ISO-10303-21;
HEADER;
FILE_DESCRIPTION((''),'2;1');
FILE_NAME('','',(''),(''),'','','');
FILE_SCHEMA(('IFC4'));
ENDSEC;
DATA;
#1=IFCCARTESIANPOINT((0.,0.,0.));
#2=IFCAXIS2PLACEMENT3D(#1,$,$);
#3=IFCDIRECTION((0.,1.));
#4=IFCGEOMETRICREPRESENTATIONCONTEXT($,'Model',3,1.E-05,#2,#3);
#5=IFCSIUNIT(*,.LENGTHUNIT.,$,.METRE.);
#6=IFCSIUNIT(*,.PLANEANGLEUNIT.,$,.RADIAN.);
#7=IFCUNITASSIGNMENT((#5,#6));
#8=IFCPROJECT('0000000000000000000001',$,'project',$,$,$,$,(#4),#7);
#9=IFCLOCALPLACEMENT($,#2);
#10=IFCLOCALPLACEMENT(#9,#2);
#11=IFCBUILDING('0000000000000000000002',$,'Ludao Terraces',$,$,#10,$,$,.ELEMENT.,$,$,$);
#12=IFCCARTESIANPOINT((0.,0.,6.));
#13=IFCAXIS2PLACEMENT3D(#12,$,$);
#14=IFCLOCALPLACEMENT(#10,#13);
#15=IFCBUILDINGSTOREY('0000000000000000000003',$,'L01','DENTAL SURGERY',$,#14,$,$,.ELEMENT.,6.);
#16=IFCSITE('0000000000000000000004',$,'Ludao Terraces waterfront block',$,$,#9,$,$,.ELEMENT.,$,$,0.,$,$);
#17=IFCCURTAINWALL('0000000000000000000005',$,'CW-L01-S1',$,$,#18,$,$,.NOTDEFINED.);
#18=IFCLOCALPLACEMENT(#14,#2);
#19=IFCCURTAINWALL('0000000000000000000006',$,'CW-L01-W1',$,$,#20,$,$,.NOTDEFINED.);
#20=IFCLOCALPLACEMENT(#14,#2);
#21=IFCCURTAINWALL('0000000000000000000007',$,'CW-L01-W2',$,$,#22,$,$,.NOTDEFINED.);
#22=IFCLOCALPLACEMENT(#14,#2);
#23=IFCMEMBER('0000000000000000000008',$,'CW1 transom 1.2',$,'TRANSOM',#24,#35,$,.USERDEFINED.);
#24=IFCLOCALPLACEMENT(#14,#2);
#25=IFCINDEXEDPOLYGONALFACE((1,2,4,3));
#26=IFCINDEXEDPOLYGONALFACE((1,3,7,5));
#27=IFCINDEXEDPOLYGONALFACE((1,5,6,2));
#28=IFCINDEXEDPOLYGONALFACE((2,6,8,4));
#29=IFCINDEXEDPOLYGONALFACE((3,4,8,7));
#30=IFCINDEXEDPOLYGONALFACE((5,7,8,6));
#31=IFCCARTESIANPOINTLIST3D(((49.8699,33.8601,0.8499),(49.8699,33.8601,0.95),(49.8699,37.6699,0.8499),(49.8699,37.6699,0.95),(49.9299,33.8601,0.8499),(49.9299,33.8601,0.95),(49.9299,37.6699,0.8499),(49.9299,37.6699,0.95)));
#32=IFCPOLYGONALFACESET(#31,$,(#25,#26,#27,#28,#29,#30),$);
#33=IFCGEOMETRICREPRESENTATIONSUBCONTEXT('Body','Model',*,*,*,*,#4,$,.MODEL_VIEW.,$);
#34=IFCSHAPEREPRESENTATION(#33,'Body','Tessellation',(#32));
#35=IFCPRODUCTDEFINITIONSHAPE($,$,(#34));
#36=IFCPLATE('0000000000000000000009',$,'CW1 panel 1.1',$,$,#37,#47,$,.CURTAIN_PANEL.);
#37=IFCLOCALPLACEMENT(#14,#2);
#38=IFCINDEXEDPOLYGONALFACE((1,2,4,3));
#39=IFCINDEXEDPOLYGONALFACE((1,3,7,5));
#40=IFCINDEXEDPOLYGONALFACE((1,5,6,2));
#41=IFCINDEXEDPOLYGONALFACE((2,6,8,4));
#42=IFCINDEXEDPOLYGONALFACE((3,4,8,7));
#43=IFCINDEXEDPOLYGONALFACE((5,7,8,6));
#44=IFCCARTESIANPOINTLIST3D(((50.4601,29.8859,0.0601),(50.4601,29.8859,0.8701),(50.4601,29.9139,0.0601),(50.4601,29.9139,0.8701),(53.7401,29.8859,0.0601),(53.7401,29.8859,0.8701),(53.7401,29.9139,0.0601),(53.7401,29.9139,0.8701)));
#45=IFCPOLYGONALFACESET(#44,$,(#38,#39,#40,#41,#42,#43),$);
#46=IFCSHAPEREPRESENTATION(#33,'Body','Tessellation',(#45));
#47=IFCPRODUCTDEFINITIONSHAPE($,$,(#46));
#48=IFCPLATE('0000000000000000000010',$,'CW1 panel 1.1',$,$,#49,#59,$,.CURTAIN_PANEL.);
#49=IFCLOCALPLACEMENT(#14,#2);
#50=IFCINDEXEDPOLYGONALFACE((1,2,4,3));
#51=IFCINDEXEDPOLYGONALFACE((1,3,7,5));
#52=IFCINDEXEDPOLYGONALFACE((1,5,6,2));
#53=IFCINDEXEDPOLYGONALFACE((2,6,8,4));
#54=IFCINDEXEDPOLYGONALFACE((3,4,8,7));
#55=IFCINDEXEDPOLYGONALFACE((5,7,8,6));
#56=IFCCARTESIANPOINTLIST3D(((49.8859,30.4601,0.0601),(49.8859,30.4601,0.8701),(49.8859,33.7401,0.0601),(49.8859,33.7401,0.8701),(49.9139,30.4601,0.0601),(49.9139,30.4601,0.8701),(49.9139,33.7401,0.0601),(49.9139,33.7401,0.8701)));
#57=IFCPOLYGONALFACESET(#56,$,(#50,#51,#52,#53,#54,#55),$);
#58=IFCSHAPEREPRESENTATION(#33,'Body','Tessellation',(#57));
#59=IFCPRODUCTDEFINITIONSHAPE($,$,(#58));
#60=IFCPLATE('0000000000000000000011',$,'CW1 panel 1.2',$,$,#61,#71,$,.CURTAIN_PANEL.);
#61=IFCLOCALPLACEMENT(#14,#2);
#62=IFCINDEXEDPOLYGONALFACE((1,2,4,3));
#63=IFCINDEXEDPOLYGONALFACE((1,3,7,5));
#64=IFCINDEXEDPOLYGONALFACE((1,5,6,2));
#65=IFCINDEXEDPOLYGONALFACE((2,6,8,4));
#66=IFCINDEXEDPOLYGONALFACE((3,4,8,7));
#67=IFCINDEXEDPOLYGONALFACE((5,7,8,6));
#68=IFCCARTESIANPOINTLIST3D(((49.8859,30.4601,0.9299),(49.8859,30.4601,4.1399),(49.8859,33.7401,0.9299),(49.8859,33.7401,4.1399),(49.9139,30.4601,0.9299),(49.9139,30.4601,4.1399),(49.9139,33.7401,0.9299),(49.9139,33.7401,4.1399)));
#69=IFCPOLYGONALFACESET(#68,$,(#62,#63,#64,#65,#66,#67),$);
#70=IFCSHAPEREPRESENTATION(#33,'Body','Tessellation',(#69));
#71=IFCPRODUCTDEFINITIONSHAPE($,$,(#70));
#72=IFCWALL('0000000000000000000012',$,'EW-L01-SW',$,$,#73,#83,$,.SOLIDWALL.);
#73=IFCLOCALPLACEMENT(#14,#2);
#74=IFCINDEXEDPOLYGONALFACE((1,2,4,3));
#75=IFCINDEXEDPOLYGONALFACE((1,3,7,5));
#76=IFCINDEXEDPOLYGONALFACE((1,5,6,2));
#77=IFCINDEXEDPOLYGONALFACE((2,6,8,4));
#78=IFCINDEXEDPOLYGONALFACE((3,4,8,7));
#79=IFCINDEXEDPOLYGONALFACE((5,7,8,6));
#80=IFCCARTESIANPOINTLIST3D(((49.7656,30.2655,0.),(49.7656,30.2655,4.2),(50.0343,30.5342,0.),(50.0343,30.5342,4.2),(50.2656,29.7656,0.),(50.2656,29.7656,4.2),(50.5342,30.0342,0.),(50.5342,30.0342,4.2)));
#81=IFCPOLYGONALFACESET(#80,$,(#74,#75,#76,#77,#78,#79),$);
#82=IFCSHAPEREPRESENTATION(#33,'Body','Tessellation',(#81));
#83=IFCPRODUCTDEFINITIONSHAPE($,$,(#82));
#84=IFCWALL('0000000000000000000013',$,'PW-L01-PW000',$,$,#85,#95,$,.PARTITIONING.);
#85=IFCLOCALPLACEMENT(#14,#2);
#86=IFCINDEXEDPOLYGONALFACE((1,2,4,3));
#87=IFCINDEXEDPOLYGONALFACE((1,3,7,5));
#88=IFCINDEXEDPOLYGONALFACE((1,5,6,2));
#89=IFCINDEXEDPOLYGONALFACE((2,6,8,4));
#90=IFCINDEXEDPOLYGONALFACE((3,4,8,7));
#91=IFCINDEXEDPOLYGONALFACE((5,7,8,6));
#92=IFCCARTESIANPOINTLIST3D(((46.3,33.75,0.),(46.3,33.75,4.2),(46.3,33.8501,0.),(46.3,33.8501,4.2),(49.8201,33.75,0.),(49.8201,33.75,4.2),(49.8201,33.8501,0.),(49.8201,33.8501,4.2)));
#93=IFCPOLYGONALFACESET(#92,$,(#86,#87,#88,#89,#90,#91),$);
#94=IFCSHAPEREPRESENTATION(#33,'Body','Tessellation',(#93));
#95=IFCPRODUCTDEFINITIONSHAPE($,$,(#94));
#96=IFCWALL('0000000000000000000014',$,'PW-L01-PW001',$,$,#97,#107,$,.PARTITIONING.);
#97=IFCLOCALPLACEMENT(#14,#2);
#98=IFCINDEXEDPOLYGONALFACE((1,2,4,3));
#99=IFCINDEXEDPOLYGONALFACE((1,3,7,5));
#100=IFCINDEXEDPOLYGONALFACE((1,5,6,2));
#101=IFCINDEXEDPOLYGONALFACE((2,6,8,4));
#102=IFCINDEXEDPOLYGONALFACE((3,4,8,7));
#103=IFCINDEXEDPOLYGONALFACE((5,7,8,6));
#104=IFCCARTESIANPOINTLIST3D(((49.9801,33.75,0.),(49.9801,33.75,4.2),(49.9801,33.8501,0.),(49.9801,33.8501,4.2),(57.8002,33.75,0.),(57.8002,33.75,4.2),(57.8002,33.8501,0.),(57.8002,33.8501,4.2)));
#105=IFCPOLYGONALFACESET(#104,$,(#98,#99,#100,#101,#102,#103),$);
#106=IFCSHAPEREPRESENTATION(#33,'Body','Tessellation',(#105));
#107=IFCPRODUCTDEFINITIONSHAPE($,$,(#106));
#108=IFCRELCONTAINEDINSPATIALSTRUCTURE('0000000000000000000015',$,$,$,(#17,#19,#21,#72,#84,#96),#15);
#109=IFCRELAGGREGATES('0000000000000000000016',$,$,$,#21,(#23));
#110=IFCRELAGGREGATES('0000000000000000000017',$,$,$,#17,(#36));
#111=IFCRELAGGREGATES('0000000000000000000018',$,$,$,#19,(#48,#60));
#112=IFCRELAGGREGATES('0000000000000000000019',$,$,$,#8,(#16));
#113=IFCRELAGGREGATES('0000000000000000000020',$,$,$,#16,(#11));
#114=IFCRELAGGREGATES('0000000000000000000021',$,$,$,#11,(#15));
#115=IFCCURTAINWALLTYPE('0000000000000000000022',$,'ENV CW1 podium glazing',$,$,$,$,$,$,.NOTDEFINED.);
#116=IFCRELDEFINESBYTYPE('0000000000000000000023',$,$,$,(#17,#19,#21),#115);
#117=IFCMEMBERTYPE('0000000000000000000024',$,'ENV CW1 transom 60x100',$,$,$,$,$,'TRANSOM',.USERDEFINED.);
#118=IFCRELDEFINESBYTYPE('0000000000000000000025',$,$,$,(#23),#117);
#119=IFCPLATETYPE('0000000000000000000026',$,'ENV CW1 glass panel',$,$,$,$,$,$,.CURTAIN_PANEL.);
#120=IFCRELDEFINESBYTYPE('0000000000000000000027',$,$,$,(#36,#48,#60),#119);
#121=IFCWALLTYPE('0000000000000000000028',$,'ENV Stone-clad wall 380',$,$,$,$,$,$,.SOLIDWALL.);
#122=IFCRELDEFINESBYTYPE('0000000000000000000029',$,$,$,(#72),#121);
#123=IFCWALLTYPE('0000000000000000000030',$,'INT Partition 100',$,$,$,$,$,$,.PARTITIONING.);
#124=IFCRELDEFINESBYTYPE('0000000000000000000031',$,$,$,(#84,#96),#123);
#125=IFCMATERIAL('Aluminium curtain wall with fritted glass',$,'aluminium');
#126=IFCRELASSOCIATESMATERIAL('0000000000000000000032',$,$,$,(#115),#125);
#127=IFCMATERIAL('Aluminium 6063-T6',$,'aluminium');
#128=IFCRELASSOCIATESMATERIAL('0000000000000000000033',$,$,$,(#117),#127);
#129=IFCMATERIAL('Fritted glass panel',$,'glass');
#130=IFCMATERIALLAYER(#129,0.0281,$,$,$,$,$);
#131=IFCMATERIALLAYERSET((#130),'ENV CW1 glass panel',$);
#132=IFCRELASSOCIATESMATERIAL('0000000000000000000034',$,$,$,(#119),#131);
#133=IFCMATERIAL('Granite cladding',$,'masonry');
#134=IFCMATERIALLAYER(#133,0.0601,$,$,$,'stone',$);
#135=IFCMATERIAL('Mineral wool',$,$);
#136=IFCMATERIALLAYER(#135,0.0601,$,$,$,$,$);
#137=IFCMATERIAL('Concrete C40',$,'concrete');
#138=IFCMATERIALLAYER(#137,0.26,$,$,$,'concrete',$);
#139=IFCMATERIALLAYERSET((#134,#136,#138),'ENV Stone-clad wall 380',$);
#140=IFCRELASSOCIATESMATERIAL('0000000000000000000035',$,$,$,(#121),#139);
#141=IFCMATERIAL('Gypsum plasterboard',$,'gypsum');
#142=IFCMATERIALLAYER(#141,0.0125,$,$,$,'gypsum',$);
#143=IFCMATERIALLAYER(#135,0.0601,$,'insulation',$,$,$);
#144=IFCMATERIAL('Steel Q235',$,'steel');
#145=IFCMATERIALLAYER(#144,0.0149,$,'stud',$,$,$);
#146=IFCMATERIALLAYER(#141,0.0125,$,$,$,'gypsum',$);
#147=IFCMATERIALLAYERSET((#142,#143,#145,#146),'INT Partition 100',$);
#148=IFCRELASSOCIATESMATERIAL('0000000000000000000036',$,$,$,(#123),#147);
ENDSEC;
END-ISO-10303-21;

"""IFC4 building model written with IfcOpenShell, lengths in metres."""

from ifc_helpers import new_model, si_unit, direction, frame, frame_2d, origin, origin_2d, place, context, subcontext, project, spatial, rectangle, extrude, material, layer, layer_set, material_profile, profile_set, type_object, element, aggregate, save


model = new_model("IFC4")

# Units and contexts
model_context = context("Model", 3, precision=1e-05, world=origin(), true_north=direction((0.0, 1.0)))
body_context = subcontext(model_context, "Body", "Model", "MODEL_VIEW")
ifc_project = project(units=[si_unit("LENGTHUNIT", "METRE"), si_unit("PLANEANGLEUNIT", "RADIAN")], contexts=[model_context])

# Site, building, storey
site_placement = place(None, origin())
site = spatial("IfcSite", under=ifc_project, at=site_placement, Name="Ludao Terraces waterfront block", CompositionType="ELEMENT", RefElevation=0.0)
building_placement = place(site_placement, origin())
building = spatial("IfcBuilding", under=site, at=building_placement, Name="Ludao Terraces", CompositionType="ELEMENT")
storey_placement = place(building_placement, frame((0.0, 0.0, 6.0)))
storey = spatial("IfcBuildingStorey", under=building, at=storey_placement, Name="L01", Description="DENTAL SURGERY", CompositionType="ELEMENT", Elevation=6.0)

# Curtain wall
ifc_material_1 = material(Name="Aluminium curtain wall with fritted glass", Category="aluminium")
curtain_wall_type = type_object("IfcCurtainWallType", Name="ENV CW1 podium glazing", PredefinedType="NOTDEFINED", material=ifc_material_1)
curtain_wall_1_placement = place(storey_placement, origin())
curtain_wall_1 = element("IfcCurtainWall", 1, at=curtain_wall_1_placement, inside=storey, type_object=curtain_wall_type, Name="CW-L01-S1", PredefinedType="NOTDEFINED")
ifc_material_2 = material(Name="Aluminium 6063-T6", Category="aluminium")

# Curtain wall
curtain_wall_2_placement = place(storey_placement, origin())
curtain_wall_2 = element("IfcCurtainWall", 2, at=curtain_wall_2_placement, inside=storey, type_object=curtain_wall_type, Name="CW-L01-W1", PredefinedType="NOTDEFINED")

# Curtain wall
curtain_wall_3_placement = place(storey_placement, origin())
curtain_wall_3 = element("IfcCurtainWall", 3, at=curtain_wall_3_placement, inside=storey, type_object=curtain_wall_type, Name="CW-L01-W2", PredefinedType="NOTDEFINED")

# Member
ifc_material_profile_1 = material_profile(ifc_material_2, rectangle(XDim=0.0601, YDim=0.1001, at=origin_2d()), Name="60 X 100")
ifc_profile_set_1 = profile_set([ifc_material_profile_1], Name="Aluminium 6063-T6")
member_type_1 = type_object("IfcMemberType", Name="ENV CW1 transom 60x100", ElementType="TRANSOM", PredefinedType="USERDEFINED", material=ifc_profile_set_1)
member_1_placement = place(storey_placement, frame((49.8999, 33.8601, 0.8999), z_axis=(0.0, 1.0, 0.0), x_axis=(-1.0, 0.0, 0.0)))
member_1 = element("IfcMember", 4, at=member_1_placement, type_object=member_type_1, Name="CW1 transom 1.2", ObjectType="TRANSOM", PredefinedType="USERDEFINED", context=body_context, shape_type="SweptSolid", body=[
    extrude(rectangle(XDim=0.0601, YDim=0.1001, at=origin_2d()), origin(), (0.0, 0.0, 1.0), 3.8098),
])
aggregate(curtain_wall_3, [member_1])

# Plates
ifc_material_3 = material(Name="Fritted glass panel", Category="glass")
ifc_layer_1 = layer(ifc_material_3, 0.0281)
ifc_layer_set_1 = layer_set([ifc_layer_1], Name="ENV CW1 glass panel")
plate_type = type_object("IfcPlateType", Name="ENV CW1 glass panel", PredefinedType="CURTAIN_PANEL", material=ifc_layer_set_1)
plate_1_placement = place(storey_placement, frame((52.1001, 29.8999, 0.0601), z_axis=(0.0, 0.0, 1.0), x_axis=(1.0, 0.0, 0.0)))
plate_1 = element("IfcPlate", 5, at=plate_1_placement, type_object=plate_type, Name="CW1 panel 1.1", PredefinedType="CURTAIN_PANEL", context=body_context, shape_type="SweptSolid", body=[
    extrude(rectangle(XDim=3.28, YDim=0.0281, at=origin_2d()), origin(), (0.0, 0.0, 1.0), 0.8101),
])
aggregate(curtain_wall_1, [plate_1])
plate_2_placement = place(storey_placement, frame((49.8999, 32.1001, 0.0601), z_axis=(0.0, 0.0, 1.0), x_axis=(0.0, 1.0, 0.0)))
plate_2 = element("IfcPlate", 6, at=plate_2_placement, type_object=plate_type, Name="CW1 panel 1.1", PredefinedType="CURTAIN_PANEL", context=body_context, shape_type="SweptSolid", body=[
    extrude(rectangle(XDim=3.28, YDim=0.0281, at=origin_2d()), origin(), (0.0, 0.0, 1.0), 0.8101),
])
plate_3_placement = place(storey_placement, frame((49.8999, 32.1001, 0.9299), z_axis=(0.0, 0.0, 1.0), x_axis=(0.0, 1.0, 0.0)))
plate_3 = element("IfcPlate", 7, at=plate_3_placement, type_object=plate_type, Name="CW1 panel 1.2", PredefinedType="CURTAIN_PANEL", context=body_context, shape_type="SweptSolid", body=[
    extrude(rectangle(XDim=3.28, YDim=0.0281, at=origin_2d()), origin(), (0.0, 0.0, 1.0), 3.21),
])
aggregate(curtain_wall_2, [plate_2, plate_3])

# Walls
ifc_material_4 = material(Name="Granite cladding", Category="masonry")
ifc_layer_2 = layer(ifc_material_4, 0.0601, Category="stone")
ifc_material_5 = material(Name="Mineral wool")
ifc_layer_3 = layer(ifc_material_5, 0.0601)
ifc_material_6 = material(Name="Concrete C40", Category="concrete")
ifc_layer_4 = layer(ifc_material_6, 0.26, Category="concrete")
ifc_layer_set_2 = layer_set([ifc_layer_2, ifc_layer_3, ifc_layer_4], Name="ENV Stone-clad wall 380")
wall_type_1 = type_object("IfcWallType", Name="ENV Stone-clad wall 380", PredefinedType="SOLIDWALL", material=ifc_layer_set_2)
wall_1_placement = place(storey_placement, frame((50.3999, 29.8999, 0.0), z_axis=(0.0, 0.0, 1.0), x_axis=(-0.707107, 0.707107, 0.0)))
element("IfcWall", 8, at=wall_1_placement, inside=storey, type_object=wall_type_1, Name="EW-L01-SW", PredefinedType="SOLIDWALL", context=body_context, shape_type="SweptSolid", body=[
    extrude(rectangle(XDim=0.707, YDim=0.3799, at=frame_2d((0.3535, 0.0))), origin(), (0.0, 0.0, 1.0), 4.2),
])
ifc_material_7 = material(Name="Gypsum plasterboard", Category="gypsum")
ifc_layer_5 = layer(ifc_material_7, 0.0125, Category="gypsum")
ifc_layer_6 = layer(ifc_material_5, 0.0601, Name="insulation")
ifc_material_8 = material(Name="Steel Q235", Category="steel")
ifc_layer_7 = layer(ifc_material_8, 0.0149, Name="stud")
ifc_layer_8 = layer(ifc_material_7, 0.0125, Category="gypsum")
ifc_layer_set_3 = layer_set([ifc_layer_5, ifc_layer_6, ifc_layer_7, ifc_layer_8], Name="INT Partition 100")
wall_type_2 = type_object("IfcWallType", Name="INT Partition 100", PredefinedType="PARTITIONING", material=ifc_layer_set_3)
wall_2_placement = place(storey_placement, frame((46.3, 33.8, 0.0), z_axis=(0.0, 0.0, 1.0), x_axis=(1.0, 0.0, 0.0)))
element("IfcWall", 9, at=wall_2_placement, inside=storey, type_object=wall_type_2, Name="PW-L01-PW000", PredefinedType="PARTITIONING", context=body_context, shape_type="SweptSolid", body=[
    extrude(rectangle(XDim=3.52, YDim=0.1001, at=frame_2d((1.76, 0.0))), origin(), (0.0, 0.0, 1.0), 4.2),
])
wall_3_placement = place(storey_placement, frame((49.98, 33.8, 0.0), z_axis=(0.0, 0.0, 1.0), x_axis=(1.0, 0.0, 0.0)))
element("IfcWall", 10, at=wall_3_placement, inside=storey, type_object=wall_type_2, Name="PW-L01-PW001", PredefinedType="PARTITIONING", context=body_context, shape_type="SweptSolid", body=[
    extrude(rectangle(XDim=7.8201, YDim=0.1001, at=frame_2d((3.9102, 0.0))), origin(), (0.0, 0.0, 1.0), 4.2),
])

save(model, "model.ifc")
